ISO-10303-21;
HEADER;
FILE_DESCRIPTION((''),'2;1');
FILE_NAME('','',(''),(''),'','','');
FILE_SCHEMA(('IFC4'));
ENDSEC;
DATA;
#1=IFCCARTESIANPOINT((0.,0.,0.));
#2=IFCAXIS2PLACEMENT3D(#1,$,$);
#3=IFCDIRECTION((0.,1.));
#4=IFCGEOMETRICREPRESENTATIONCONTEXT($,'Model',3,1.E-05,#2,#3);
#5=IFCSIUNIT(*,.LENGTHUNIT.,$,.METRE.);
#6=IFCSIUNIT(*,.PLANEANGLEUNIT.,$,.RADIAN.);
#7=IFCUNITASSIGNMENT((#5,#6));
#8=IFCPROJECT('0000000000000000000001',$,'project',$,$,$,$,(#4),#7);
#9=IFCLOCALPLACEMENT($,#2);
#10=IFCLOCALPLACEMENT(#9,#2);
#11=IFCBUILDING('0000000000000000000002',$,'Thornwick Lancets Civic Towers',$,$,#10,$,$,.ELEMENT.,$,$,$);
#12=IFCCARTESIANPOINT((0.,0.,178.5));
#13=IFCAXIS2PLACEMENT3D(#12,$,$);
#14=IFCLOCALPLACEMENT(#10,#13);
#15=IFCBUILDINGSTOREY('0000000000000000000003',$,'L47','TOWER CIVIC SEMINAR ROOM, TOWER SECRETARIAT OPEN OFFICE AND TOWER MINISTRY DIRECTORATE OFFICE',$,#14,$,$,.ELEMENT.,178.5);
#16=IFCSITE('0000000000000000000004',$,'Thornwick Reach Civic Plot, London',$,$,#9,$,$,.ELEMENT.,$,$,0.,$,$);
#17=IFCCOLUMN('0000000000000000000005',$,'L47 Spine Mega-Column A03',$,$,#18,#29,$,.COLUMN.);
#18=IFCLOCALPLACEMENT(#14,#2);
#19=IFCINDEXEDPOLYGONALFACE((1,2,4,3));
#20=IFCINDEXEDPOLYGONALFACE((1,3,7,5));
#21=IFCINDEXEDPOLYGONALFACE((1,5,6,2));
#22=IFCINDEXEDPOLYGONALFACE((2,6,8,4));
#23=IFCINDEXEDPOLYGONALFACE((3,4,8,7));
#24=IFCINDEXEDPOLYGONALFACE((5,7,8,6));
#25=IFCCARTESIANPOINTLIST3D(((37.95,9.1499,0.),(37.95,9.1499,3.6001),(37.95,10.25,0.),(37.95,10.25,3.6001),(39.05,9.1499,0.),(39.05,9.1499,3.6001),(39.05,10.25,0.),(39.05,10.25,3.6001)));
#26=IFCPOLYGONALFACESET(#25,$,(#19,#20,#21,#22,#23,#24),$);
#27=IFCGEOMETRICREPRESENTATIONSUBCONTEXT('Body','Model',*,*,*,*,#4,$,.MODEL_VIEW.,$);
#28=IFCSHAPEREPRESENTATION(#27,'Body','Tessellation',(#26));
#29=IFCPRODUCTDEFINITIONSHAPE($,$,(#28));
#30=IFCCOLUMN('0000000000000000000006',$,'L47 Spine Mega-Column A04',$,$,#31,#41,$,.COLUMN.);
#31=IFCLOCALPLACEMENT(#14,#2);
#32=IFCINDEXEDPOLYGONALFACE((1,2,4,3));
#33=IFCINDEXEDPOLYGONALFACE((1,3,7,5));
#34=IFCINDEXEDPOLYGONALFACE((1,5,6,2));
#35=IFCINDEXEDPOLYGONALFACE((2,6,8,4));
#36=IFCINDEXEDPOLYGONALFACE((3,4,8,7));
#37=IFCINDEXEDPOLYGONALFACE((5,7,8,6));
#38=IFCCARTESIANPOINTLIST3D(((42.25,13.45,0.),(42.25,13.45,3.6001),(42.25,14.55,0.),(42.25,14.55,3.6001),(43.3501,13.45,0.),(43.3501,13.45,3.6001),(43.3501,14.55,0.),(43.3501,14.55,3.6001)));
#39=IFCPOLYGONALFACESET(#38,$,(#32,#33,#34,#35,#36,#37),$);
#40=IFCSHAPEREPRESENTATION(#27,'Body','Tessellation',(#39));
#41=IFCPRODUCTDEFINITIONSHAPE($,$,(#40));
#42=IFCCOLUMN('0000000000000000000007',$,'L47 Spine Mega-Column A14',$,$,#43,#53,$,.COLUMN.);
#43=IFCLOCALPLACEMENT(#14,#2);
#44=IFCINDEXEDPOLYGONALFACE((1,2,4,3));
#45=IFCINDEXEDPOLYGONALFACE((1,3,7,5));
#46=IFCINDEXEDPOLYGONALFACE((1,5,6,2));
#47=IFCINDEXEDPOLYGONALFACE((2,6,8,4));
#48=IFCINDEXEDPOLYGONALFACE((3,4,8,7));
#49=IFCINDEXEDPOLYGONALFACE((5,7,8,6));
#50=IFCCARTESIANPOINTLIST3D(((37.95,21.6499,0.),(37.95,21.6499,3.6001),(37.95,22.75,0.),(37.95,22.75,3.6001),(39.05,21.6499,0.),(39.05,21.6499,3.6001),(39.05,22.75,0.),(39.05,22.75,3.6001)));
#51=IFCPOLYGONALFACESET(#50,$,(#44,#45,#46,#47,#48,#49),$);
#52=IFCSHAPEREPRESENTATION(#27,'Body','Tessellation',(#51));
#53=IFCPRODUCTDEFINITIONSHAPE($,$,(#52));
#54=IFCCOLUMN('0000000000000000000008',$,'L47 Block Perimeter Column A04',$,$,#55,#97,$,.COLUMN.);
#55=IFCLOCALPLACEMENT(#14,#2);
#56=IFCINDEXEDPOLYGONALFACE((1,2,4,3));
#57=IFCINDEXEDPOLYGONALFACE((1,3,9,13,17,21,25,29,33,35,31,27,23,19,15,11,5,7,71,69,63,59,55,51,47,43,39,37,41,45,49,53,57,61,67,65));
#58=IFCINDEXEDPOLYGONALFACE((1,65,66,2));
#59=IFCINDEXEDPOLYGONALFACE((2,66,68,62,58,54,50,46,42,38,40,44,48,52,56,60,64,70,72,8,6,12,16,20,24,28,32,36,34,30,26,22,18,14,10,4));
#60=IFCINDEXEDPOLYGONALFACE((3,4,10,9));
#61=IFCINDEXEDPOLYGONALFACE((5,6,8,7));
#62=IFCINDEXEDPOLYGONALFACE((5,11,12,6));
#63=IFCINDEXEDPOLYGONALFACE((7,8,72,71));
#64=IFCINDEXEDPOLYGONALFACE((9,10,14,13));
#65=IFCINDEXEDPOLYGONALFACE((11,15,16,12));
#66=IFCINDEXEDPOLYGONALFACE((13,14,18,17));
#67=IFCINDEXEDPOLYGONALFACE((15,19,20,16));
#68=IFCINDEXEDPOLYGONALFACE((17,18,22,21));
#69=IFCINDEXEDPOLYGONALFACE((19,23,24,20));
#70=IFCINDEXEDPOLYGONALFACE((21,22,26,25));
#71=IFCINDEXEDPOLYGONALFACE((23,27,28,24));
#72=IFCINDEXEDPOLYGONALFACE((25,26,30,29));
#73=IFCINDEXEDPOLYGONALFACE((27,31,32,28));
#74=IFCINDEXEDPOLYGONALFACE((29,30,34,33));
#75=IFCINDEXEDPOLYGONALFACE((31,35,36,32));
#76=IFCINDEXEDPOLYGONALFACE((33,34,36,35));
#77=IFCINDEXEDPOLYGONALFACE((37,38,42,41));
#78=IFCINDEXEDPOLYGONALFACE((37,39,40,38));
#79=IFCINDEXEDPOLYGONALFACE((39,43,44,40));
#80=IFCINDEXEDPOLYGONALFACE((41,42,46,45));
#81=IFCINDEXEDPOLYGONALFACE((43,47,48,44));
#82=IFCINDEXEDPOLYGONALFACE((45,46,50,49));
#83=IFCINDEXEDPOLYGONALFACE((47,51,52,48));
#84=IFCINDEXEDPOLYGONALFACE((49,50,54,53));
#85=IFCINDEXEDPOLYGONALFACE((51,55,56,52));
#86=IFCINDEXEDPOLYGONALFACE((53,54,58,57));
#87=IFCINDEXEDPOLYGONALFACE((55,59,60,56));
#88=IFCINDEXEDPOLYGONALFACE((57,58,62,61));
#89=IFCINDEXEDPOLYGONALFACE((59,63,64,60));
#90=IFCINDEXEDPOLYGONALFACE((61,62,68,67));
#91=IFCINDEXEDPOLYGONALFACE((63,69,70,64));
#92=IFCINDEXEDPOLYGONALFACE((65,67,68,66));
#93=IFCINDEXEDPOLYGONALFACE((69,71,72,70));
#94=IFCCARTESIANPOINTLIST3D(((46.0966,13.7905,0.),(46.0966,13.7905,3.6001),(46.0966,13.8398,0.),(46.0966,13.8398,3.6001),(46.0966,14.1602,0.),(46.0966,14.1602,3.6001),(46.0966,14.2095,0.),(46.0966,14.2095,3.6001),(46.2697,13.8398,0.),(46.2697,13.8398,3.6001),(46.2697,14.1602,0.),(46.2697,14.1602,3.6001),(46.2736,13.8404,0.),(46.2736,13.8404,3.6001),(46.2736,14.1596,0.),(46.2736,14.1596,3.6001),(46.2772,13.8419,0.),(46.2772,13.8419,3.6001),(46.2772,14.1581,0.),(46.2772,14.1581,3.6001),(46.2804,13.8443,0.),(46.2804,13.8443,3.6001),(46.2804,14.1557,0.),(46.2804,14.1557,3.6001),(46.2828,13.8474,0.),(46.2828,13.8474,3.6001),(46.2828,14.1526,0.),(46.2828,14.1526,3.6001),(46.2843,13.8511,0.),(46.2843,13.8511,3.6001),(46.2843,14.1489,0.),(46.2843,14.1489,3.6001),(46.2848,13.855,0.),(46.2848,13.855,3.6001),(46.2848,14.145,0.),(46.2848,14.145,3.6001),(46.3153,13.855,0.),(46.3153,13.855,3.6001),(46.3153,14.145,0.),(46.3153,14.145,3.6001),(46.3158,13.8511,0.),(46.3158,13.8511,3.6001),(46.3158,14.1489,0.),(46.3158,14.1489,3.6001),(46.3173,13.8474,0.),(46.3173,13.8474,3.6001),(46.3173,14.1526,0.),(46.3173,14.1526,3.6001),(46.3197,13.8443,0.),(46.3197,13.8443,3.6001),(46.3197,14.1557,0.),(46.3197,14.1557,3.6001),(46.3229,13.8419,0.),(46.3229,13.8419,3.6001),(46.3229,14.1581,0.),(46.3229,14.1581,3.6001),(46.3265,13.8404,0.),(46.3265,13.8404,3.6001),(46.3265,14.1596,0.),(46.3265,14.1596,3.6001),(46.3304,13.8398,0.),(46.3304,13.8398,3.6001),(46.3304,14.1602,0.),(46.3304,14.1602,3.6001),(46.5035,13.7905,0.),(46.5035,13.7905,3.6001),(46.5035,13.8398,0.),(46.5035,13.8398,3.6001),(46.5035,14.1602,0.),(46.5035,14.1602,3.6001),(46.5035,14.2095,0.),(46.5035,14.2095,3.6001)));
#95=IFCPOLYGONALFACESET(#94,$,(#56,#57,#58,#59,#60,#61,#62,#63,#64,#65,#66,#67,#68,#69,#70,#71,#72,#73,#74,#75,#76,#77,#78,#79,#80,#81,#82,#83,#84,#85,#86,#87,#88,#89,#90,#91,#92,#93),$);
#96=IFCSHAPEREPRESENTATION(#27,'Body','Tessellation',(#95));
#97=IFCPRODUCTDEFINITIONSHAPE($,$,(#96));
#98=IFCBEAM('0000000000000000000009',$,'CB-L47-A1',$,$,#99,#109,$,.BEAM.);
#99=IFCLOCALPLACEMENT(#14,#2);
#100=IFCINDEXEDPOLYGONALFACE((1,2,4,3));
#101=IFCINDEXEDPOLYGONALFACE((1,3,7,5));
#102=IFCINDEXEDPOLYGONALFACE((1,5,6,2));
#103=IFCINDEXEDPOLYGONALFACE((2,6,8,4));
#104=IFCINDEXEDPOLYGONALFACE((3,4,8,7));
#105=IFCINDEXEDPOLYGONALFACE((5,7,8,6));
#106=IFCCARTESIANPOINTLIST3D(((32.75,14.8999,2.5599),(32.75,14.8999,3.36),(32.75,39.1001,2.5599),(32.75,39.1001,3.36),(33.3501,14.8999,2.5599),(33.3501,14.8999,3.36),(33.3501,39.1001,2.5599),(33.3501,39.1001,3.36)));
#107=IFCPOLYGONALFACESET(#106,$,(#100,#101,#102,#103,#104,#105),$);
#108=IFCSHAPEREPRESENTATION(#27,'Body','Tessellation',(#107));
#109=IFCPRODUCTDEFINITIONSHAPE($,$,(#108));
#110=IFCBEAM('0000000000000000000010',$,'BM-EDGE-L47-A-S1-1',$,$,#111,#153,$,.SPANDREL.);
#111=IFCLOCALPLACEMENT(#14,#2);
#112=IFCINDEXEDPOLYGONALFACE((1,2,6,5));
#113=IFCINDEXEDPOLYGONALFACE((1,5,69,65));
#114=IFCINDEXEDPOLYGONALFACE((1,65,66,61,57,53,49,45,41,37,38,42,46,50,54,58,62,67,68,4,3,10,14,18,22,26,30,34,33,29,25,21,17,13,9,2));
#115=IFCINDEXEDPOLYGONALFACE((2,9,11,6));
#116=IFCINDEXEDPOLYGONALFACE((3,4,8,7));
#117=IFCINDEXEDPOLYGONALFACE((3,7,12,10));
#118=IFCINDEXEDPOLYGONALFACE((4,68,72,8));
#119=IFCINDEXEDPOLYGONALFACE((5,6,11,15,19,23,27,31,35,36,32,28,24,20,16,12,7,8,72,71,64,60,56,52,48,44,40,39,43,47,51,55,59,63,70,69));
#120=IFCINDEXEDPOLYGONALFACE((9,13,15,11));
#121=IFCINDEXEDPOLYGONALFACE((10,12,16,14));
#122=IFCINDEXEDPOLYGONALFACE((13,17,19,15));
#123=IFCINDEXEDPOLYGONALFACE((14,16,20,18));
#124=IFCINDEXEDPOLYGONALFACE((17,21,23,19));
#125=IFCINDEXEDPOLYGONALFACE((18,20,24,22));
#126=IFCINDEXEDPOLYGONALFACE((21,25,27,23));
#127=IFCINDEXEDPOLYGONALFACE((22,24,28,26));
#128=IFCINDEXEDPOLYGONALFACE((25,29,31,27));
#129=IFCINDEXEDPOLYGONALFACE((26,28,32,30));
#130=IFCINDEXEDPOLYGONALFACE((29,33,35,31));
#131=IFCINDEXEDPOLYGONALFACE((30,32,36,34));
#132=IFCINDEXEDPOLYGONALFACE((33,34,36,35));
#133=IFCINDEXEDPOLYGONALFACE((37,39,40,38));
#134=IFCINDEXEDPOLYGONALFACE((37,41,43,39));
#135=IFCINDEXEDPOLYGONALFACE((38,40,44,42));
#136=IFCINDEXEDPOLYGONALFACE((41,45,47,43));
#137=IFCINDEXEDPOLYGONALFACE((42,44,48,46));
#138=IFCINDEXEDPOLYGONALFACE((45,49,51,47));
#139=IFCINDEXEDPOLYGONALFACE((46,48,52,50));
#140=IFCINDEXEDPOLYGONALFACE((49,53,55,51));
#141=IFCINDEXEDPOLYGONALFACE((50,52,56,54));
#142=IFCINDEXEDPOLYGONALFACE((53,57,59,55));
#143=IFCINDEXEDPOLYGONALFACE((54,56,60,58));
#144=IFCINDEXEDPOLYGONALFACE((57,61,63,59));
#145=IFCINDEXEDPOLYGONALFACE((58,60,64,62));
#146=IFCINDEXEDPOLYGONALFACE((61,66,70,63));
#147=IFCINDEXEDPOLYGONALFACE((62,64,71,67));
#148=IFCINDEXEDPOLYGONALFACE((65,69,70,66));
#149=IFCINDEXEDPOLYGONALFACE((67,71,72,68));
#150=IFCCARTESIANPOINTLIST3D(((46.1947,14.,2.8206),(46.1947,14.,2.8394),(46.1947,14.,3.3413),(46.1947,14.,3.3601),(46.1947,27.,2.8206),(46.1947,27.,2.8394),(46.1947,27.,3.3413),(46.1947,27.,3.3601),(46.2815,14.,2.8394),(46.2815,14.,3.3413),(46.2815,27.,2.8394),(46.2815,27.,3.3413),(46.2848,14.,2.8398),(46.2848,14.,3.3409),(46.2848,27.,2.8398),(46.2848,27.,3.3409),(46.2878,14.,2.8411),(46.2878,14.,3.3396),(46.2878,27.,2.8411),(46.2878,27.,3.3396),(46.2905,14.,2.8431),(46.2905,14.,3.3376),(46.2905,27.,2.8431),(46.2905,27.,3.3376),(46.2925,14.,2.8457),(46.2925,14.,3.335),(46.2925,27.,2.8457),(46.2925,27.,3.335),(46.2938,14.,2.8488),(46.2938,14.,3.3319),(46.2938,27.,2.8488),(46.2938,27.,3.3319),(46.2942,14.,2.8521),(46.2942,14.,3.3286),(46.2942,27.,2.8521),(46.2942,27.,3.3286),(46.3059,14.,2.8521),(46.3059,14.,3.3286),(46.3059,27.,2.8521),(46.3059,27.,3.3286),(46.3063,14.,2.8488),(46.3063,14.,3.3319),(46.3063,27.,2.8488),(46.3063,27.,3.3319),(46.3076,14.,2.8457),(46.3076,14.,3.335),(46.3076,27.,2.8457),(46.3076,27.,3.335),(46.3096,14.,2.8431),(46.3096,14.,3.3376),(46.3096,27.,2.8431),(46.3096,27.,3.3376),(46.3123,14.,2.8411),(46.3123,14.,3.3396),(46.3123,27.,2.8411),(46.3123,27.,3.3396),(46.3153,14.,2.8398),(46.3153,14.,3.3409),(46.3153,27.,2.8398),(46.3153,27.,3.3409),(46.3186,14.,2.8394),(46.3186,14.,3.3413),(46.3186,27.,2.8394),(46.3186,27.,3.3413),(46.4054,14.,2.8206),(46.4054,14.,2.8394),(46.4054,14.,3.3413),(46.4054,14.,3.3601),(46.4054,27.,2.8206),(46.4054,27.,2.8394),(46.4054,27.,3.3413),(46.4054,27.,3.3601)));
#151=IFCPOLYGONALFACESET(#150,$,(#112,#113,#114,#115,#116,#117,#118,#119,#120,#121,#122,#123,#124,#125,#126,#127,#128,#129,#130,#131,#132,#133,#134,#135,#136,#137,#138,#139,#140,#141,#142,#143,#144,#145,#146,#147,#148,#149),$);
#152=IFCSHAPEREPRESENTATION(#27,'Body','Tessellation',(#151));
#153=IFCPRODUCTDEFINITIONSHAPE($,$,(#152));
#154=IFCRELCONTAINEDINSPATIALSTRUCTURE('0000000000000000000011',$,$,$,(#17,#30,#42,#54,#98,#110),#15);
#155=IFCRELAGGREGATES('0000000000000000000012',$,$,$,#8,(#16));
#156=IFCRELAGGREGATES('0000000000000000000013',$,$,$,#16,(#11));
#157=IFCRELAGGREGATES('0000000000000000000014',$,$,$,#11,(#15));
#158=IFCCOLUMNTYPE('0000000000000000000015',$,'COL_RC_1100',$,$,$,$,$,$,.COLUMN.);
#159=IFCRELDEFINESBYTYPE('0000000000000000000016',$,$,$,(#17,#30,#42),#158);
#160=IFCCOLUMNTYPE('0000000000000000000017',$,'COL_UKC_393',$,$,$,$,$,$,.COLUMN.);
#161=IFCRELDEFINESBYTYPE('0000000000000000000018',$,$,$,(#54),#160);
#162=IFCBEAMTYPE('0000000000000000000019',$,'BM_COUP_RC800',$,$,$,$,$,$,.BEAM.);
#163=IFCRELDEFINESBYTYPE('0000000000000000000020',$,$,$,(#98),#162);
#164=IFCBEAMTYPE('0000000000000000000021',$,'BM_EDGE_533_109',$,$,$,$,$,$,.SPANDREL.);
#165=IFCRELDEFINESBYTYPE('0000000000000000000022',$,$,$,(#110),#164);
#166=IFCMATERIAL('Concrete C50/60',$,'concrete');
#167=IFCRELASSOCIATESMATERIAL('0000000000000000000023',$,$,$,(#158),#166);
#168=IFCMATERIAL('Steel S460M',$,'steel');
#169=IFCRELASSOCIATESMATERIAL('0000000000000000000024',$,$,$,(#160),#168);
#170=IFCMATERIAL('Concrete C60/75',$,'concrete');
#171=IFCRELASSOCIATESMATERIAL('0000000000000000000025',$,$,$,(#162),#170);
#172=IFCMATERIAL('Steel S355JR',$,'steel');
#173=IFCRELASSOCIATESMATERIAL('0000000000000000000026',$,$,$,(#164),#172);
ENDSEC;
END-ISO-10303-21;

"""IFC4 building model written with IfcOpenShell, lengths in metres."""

from ifc_helpers import new_model, si_unit, direction, frame, origin, origin_2d, place, context, subcontext, project, spatial, rectangle, i_section, extrude, material, material_profile, profile_set, type_object, element, save


model = new_model("IFC4")

# Units and contexts
model_context = context("Model", 3, precision=1e-05, world=origin(), true_north=direction((0.0, 1.0)))
body_context = subcontext(model_context, "Body", "Model", "MODEL_VIEW")
ifc_project = project(units=[si_unit("LENGTHUNIT", "METRE"), si_unit("PLANEANGLEUNIT", "RADIAN")], contexts=[model_context])

# Site, building, storey
site_placement = place(None, origin())
site = spatial("IfcSite", under=ifc_project, at=site_placement, Name="Thornwick Reach Civic Plot, London", CompositionType="ELEMENT", RefElevation=0.0)
building_placement = place(site_placement, origin())
building = spatial("IfcBuilding", under=site, at=building_placement, Name="Thornwick Lancets Civic Towers", CompositionType="ELEMENT")
storey_placement = place(building_placement, frame((0.0, 0.0, 178.5)))
storey = spatial("IfcBuildingStorey", under=building, at=storey_placement, Name="L47", Description="TOWER CIVIC SEMINAR ROOM, TOWER SECRETARIAT OPEN OFFICE AND TOWER MINISTRY DIRECTORATE OFFICE", CompositionType="ELEMENT", Elevation=178.5)

# Columns
ifc_material_1 = material(Name="Concrete C50/60", Category="concrete")
ifc_material_profile_1 = material_profile(ifc_material_1, rectangle(XDim=1.1001, YDim=1.1001, at=origin_2d()), Name="RC 1100x1100")
ifc_profile_set_1 = profile_set([ifc_material_profile_1], Name="Concrete C50/60")
column_type_1 = type_object("IfcColumnType", Name="COL_RC_1100", PredefinedType="COLUMN", material=ifc_profile_set_1)
for number, where, z_axis, x_axis, name in (
    (1, (38.5, 9.7, 0.0), (0.0, 0.0, 1.0), (1.0, 0.0, 0.0), "L47 Spine Mega-Column A03"),
    (2, (42.8, 14.0, 0.0), (0.0, 0.0, 1.0), (1.0, 0.0, 0.0), "L47 Spine Mega-Column A04"),
    (3, (38.5, 22.2, 0.0), (0.0, 0.0, 1.0), (1.0, 0.0, 0.0), "L47 Spine Mega-Column A14"),
):
    element("IfcColumn", number, at=place(storey_placement, frame(where, z_axis=z_axis, x_axis=x_axis)), inside=storey, type_object=column_type_1, Name=name, PredefinedType="COLUMN", context=body_context, shape_type="SweptSolid", body=[
        extrude(rectangle(XDim=1.1001, YDim=1.1001, at=origin_2d()), origin(), (0.0, 0.0, 1.0), 3.6001),
    ])
ifc_material_2 = material(Name="Steel S460M", Category="steel")
ifc_material_profile_2 = material_profile(ifc_material_2, i_section(OverallWidth=0.407, OverallDepth=0.4189, WebThickness=0.0305, FlangeThickness=0.0493, FilletRadius=0.0151, at=origin_2d()), Name="UKC 356x406x393")
ifc_profile_set_2 = profile_set([ifc_material_profile_2], Name="Steel S460M")
column_type_2 = type_object("IfcColumnType", Name="COL_UKC_393", PredefinedType="COLUMN", material=ifc_profile_set_2)
column_placement = place(storey_placement, frame((46.3, 14.0, 0.0), z_axis=(0.0, 0.0, 1.0), x_axis=(1.0, 0.0, 0.0)))
element("IfcColumn", 4, at=column_placement, inside=storey, type_object=column_type_2, Name="L47 Block Perimeter Column A04", PredefinedType="COLUMN", context=body_context, shape_type="SweptSolid", body=[
    extrude(i_section(OverallWidth=0.407, OverallDepth=0.4189, WebThickness=0.0305, FlangeThickness=0.0493, FilletRadius=0.0151, at=origin_2d()), origin(), (0.0, 0.0, 1.0), 3.6001),
])

# Beams
ifc_material_3 = material(Name="Concrete C60/75", Category="concrete")
ifc_material_profile_3 = material_profile(ifc_material_3, rectangle(XDim=0.6001, YDim=0.8, at=origin_2d()), Name="RC 600x800")
ifc_profile_set_3 = profile_set([ifc_material_profile_3], Name="Concrete C60/75")
beam_type_1 = type_object("IfcBeamType", Name="BM_COUP_RC800", PredefinedType="BEAM", material=ifc_profile_set_3)
beam_1_placement = place(storey_placement, frame((33.05, 14.8999, 2.96), z_axis=(0.0, 1.0, 0.0), x_axis=(-1.0, 0.0, 0.0)))
element("IfcBeam", 5, at=beam_1_placement, inside=storey, type_object=beam_type_1, Name="CB-L47-A1", PredefinedType="BEAM", context=body_context, shape_type="SweptSolid", body=[
    extrude(rectangle(XDim=0.6001, YDim=0.8, at=origin_2d()), origin(), (0.0, 0.0, 1.0), 24.2002),
])
ifc_material_4 = material(Name="Steel S355JR", Category="steel")
ifc_material_profile_4 = material_profile(ifc_material_4, i_section(OverallWidth=0.2107, OverallDepth=0.5396, WebThickness=0.0117, FlangeThickness=0.0188, FilletRadius=0.0127, at=origin_2d()), Name="UKB 533x210x109")
ifc_profile_set_4 = profile_set([ifc_material_profile_4], Name="Steel S355JR")
beam_type_2 = type_object("IfcBeamType", Name="BM_EDGE_533_109", PredefinedType="SPANDREL", material=ifc_profile_set_4)
beam_2_placement = place(storey_placement, frame((46.3, 14.0, 3.0903), z_axis=(0.0, 1.0, 0.0), x_axis=(-1.0, 0.0, 0.0)))
element("IfcBeam", 6, at=beam_2_placement, inside=storey, type_object=beam_type_2, Name="BM-EDGE-L47-A-S1-1", PredefinedType="SPANDREL", context=body_context, shape_type="SweptSolid", body=[
    extrude(i_section(OverallWidth=0.2107, OverallDepth=0.5396, WebThickness=0.0117, FlangeThickness=0.0188, FilletRadius=0.0127, at=origin_2d()), origin(), (0.0, 0.0, 1.0), 13.0),
])

save(model, "model.ifc")
